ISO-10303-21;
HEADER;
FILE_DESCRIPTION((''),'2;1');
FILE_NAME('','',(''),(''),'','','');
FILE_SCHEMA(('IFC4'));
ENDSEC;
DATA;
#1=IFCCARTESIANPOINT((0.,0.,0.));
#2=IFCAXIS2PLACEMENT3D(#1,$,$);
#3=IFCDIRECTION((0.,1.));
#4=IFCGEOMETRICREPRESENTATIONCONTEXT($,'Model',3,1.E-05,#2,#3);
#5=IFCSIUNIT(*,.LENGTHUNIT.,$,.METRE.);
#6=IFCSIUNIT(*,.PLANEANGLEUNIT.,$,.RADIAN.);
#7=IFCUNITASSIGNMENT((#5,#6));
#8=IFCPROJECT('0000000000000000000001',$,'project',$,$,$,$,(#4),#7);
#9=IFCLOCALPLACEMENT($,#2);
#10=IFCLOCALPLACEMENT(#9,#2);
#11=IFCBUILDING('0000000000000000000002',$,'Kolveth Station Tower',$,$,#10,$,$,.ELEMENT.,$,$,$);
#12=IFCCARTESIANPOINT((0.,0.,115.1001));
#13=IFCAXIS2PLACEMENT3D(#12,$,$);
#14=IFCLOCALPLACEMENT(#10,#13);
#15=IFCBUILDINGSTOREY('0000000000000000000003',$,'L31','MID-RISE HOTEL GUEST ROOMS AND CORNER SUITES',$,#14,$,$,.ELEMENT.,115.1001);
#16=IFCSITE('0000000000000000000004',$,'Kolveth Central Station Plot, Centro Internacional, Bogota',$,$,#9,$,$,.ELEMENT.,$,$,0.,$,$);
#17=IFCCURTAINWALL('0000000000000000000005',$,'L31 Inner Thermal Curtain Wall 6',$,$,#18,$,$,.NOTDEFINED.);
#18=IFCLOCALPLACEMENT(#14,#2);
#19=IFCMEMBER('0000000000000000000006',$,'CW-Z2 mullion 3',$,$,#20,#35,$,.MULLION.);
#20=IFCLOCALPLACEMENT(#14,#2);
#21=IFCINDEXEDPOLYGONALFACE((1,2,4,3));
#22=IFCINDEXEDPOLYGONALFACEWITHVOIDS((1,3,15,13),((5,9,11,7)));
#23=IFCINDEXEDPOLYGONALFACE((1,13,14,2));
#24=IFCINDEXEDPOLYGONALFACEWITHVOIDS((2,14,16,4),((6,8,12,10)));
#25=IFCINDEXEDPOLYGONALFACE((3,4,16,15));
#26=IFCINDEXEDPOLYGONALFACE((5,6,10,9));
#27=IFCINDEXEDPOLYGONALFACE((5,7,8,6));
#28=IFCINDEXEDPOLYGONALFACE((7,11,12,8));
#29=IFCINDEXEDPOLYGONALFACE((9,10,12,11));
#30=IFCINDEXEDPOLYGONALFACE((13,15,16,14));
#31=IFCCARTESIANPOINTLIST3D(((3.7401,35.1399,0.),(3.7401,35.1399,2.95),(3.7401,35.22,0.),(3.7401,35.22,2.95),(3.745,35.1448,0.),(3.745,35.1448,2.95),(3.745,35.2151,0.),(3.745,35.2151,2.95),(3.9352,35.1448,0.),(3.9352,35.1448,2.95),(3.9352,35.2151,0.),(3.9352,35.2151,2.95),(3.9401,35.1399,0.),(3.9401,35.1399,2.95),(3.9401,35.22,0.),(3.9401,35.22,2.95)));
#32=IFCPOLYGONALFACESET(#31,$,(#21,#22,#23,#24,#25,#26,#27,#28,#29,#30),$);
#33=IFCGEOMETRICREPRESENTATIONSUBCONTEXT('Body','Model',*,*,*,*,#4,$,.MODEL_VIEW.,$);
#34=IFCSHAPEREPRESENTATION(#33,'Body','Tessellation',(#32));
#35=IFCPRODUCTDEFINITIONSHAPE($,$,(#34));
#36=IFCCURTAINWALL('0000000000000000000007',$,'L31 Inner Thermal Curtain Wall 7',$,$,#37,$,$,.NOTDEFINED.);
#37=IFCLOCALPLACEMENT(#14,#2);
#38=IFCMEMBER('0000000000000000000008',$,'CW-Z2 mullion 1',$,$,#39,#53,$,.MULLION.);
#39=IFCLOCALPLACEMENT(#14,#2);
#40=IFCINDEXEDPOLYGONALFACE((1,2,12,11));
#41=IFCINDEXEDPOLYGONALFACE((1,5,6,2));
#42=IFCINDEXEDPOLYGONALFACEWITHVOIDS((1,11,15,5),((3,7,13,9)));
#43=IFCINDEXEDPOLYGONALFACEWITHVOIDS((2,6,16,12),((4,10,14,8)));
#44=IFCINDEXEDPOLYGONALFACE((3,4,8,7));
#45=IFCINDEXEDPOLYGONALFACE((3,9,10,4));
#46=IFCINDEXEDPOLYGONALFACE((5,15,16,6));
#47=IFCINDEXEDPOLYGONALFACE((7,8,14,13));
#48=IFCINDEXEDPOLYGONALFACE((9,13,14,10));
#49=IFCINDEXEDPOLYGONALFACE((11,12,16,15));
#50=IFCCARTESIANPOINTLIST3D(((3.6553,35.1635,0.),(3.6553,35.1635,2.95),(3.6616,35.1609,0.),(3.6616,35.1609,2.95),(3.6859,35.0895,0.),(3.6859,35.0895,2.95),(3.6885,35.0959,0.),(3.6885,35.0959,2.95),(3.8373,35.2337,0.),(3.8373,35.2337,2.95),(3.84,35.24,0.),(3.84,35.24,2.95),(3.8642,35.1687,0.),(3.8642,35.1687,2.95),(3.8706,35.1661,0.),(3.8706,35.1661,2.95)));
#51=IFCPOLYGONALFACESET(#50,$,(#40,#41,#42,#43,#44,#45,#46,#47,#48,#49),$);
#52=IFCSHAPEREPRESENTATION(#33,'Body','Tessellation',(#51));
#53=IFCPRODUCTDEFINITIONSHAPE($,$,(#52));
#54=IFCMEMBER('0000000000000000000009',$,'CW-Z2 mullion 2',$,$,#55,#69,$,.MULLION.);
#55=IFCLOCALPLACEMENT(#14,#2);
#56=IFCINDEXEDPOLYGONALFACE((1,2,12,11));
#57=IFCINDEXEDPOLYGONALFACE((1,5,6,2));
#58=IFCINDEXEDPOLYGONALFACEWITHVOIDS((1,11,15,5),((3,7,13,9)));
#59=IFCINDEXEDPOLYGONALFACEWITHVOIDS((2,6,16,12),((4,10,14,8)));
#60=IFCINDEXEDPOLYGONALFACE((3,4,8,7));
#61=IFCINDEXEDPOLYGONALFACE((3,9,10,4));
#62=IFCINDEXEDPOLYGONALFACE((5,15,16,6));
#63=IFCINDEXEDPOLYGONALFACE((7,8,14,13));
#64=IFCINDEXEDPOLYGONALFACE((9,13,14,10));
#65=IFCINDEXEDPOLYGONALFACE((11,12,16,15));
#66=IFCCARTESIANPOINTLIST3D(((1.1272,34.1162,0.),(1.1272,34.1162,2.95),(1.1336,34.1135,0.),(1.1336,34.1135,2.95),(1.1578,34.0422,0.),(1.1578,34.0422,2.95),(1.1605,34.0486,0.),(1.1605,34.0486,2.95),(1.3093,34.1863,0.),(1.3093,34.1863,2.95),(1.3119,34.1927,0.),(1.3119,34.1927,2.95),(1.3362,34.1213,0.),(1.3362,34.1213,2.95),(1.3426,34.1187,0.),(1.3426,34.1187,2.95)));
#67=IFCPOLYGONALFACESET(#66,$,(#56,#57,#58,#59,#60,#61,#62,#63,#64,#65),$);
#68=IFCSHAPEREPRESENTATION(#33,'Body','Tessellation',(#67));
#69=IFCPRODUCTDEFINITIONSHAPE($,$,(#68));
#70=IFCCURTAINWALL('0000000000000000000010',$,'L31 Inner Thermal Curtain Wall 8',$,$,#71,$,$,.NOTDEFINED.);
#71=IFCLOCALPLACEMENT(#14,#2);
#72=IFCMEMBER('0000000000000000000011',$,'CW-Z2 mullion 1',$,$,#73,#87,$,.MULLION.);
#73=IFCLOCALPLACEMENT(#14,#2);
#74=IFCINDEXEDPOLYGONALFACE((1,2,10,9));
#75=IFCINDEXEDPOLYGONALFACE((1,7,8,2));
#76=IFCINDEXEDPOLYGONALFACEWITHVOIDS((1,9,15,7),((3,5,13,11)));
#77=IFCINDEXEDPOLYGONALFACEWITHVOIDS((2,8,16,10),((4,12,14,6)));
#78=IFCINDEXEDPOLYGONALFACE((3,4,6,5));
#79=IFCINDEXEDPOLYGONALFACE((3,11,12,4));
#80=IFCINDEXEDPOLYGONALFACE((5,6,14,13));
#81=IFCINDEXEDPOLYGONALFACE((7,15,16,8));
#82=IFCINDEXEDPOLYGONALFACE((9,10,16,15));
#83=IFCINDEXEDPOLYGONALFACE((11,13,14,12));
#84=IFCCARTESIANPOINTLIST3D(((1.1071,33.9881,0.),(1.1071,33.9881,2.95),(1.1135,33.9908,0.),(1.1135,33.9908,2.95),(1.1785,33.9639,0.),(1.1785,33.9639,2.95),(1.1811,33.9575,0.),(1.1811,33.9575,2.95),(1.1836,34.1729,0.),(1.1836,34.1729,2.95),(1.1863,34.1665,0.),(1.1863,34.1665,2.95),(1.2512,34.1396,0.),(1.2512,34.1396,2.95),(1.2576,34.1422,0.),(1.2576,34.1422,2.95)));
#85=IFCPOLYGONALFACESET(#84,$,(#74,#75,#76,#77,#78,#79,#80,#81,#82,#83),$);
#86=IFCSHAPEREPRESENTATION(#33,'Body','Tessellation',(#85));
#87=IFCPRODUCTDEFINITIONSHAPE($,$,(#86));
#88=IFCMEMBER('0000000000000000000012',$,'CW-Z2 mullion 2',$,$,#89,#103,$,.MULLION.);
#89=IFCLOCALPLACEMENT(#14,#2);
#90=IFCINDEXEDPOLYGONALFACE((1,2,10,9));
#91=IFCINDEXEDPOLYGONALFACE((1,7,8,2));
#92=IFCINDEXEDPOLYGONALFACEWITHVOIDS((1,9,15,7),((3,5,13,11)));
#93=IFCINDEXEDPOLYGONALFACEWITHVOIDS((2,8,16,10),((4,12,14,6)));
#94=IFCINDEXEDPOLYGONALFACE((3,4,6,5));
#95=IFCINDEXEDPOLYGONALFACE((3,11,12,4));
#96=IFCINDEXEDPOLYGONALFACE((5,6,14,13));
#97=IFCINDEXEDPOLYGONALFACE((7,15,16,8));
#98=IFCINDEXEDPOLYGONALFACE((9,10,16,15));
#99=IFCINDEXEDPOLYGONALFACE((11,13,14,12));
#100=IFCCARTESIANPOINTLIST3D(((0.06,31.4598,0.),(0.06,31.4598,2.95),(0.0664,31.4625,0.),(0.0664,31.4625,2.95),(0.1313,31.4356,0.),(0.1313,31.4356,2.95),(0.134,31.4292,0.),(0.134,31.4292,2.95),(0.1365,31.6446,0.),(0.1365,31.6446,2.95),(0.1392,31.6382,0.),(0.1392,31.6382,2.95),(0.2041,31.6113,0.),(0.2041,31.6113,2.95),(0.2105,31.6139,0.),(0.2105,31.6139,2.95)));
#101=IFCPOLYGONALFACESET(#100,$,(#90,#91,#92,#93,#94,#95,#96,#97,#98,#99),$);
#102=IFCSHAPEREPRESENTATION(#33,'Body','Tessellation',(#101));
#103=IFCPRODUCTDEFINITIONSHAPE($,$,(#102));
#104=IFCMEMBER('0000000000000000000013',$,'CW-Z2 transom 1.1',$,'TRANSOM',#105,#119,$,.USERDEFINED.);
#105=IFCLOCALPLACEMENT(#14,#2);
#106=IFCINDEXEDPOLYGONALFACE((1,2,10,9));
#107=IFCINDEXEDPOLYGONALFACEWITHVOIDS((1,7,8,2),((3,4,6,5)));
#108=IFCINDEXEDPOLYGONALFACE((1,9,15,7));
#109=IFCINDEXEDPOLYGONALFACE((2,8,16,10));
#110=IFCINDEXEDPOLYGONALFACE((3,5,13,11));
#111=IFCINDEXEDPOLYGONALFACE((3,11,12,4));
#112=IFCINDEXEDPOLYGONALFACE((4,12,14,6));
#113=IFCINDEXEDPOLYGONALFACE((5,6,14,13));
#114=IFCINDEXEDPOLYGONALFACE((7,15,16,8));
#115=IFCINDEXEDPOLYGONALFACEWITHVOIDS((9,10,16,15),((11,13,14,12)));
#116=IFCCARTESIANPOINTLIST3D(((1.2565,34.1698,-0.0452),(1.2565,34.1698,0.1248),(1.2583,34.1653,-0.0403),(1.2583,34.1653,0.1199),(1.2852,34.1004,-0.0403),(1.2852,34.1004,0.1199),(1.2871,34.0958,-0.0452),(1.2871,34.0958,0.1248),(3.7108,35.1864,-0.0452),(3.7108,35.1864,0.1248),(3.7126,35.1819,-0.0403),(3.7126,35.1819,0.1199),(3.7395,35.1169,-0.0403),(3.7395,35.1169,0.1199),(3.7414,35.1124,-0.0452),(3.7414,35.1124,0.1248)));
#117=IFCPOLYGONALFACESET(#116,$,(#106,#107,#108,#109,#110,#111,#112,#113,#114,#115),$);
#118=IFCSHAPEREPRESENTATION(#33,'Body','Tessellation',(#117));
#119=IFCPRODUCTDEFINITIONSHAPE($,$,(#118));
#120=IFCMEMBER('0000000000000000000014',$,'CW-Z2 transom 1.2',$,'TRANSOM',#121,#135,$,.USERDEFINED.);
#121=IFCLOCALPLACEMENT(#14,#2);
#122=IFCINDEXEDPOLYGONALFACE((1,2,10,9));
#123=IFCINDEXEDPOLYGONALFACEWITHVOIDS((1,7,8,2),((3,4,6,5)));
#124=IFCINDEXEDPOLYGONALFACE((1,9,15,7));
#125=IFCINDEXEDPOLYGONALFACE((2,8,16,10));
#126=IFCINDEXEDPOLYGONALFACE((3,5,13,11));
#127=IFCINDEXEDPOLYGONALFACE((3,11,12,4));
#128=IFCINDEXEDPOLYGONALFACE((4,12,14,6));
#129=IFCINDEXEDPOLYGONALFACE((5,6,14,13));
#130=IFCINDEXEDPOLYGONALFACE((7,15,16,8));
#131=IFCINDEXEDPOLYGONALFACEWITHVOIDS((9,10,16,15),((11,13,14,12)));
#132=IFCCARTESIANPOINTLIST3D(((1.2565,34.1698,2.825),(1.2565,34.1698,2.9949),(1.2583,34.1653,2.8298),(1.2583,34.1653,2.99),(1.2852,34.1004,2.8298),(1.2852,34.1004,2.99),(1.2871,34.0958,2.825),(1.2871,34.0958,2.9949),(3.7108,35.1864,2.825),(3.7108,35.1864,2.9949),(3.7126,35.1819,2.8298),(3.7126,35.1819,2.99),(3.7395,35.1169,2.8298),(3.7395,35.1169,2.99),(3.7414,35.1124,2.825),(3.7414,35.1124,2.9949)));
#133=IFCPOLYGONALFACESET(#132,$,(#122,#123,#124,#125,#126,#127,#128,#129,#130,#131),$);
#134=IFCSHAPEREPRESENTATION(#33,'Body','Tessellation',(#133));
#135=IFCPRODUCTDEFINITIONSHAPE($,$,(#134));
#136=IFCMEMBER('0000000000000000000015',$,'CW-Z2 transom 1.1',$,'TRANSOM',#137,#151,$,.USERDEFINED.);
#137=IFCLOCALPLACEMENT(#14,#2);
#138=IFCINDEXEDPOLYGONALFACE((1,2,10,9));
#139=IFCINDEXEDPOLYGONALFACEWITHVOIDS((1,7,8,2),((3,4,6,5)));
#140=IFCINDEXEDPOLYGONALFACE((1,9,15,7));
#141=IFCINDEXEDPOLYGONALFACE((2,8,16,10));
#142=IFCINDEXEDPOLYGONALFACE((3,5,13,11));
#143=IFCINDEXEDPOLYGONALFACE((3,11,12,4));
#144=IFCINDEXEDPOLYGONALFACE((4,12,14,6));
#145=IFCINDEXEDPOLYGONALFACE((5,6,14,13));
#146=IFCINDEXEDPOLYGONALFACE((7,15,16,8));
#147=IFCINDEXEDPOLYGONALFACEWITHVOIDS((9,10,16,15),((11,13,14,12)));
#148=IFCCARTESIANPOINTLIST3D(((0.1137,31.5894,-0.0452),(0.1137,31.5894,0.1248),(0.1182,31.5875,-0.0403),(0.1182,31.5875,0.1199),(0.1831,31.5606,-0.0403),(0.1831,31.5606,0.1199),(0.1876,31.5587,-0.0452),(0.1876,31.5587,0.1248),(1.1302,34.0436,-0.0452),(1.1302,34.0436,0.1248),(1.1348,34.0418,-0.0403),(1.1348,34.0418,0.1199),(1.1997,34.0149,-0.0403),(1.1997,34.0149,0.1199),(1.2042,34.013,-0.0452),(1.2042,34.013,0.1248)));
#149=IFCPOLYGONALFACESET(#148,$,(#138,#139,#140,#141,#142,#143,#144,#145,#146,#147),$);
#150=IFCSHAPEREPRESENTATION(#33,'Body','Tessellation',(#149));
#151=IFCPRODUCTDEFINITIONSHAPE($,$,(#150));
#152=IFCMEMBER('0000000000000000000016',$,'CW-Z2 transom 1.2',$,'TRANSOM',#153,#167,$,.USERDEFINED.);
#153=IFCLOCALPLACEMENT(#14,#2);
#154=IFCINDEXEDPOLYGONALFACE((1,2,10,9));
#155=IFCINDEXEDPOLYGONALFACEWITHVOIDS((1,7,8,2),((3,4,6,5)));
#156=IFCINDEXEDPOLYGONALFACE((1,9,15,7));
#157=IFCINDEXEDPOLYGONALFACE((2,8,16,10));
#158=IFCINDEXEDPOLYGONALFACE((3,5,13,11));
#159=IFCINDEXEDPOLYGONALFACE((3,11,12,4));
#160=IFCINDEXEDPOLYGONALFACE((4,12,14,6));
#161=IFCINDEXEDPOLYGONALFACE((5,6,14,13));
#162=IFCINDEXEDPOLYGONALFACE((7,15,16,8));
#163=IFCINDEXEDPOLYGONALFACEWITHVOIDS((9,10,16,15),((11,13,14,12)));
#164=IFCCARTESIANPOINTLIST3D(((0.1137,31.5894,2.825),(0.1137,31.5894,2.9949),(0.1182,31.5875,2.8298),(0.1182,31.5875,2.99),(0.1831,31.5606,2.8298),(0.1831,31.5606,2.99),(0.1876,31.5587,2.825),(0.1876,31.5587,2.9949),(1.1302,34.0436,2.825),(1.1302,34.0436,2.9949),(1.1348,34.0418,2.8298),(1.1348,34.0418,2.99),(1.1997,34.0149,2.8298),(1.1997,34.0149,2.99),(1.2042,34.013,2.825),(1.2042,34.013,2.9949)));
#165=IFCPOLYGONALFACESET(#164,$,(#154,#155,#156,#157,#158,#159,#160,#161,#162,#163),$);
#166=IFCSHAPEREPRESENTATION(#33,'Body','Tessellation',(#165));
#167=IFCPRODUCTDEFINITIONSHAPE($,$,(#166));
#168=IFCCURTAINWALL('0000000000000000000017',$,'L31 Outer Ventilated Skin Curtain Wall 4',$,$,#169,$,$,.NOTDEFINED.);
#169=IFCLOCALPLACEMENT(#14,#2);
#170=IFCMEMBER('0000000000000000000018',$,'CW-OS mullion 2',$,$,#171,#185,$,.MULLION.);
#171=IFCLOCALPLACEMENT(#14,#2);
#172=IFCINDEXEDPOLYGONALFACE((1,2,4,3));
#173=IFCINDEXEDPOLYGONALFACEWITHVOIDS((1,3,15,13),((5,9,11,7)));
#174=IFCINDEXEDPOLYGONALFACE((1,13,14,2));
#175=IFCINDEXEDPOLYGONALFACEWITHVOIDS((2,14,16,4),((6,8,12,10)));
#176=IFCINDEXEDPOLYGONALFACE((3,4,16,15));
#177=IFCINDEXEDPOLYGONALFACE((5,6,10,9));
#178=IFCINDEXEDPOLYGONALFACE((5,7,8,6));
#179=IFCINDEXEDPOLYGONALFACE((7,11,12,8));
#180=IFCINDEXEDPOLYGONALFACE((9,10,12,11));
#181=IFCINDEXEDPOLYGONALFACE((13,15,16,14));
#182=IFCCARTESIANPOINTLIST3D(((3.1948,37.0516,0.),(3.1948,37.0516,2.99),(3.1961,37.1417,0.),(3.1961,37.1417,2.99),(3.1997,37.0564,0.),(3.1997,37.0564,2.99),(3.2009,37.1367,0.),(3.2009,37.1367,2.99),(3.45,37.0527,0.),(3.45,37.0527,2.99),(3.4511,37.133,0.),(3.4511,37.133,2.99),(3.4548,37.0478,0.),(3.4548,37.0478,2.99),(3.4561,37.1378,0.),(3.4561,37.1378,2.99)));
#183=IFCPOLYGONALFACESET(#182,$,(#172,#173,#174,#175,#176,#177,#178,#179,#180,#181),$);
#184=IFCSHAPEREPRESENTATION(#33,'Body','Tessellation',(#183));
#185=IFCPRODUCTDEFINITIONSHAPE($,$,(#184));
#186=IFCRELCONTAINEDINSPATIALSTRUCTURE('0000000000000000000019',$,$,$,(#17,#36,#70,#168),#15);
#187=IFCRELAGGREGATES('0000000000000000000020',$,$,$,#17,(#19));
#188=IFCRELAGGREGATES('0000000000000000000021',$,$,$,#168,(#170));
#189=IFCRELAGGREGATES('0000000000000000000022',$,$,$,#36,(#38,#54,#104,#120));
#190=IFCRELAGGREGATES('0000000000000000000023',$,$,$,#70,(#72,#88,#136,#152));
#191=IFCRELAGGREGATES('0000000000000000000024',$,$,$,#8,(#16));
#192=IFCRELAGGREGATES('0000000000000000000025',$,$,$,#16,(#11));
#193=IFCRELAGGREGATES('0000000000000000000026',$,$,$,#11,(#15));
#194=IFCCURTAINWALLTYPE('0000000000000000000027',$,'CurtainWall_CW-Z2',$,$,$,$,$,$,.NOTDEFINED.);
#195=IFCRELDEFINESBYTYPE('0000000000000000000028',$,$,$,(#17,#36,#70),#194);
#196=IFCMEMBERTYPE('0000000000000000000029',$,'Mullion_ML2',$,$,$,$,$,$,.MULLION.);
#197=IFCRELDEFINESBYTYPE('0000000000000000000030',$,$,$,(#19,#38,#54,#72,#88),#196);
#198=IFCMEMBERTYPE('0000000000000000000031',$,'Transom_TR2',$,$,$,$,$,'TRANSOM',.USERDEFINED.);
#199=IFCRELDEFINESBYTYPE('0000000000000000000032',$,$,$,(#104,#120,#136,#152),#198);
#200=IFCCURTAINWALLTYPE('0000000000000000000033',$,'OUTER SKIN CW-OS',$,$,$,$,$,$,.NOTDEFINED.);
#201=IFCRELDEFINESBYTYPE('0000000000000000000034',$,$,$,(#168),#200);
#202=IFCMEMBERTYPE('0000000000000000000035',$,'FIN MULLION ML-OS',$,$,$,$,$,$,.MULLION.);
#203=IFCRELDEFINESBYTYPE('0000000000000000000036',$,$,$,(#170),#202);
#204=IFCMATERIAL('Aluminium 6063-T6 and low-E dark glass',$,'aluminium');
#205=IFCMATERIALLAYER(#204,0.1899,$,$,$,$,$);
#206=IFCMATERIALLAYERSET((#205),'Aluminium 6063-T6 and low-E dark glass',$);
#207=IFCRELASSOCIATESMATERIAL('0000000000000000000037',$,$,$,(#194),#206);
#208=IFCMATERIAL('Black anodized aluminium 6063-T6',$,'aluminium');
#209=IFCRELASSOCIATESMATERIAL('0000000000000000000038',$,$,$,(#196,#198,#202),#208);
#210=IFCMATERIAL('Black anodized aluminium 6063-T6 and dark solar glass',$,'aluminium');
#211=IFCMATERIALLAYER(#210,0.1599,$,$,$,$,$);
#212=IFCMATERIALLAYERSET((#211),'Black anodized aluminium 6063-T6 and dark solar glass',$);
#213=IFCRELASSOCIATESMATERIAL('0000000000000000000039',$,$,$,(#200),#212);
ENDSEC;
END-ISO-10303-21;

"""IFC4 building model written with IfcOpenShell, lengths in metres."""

from ifc_helpers import new_model, si_unit, direction, frame, origin, origin_2d, place, context, subcontext, project, spatial, hollow_rectangle, extrude, source, transform, mapped, material, layer, layer_set, material_profile, profile_set, type_object, element, aggregate, save


model = new_model("IFC4")

# Units and contexts
model_context = context("Model", 3, precision=1e-05, world=origin(), true_north=direction((0.0, 1.0)))
body_context = subcontext(model_context, "Body", "Model", "MODEL_VIEW")
ifc_project = project(units=[si_unit("LENGTHUNIT", "METRE"), si_unit("PLANEANGLEUNIT", "RADIAN")], contexts=[model_context])

# Site, building, storey
site_placement = place(None, origin())
site = spatial("IfcSite", under=ifc_project, at=site_placement, Name="Kolveth Central Station Plot, Centro Internacional, Bogota", CompositionType="ELEMENT", RefElevation=0.0)
building_placement = place(site_placement, origin())
building = spatial("IfcBuilding", under=site, at=building_placement, Name="Kolveth Station Tower", CompositionType="ELEMENT")
storey_placement = place(building_placement, frame((0.0, 0.0, 115.1001)))
storey = spatial("IfcBuildingStorey", under=building, at=storey_placement, Name="L31", Description="MID-RISE HOTEL GUEST ROOMS AND CORNER SUITES", CompositionType="ELEMENT", Elevation=115.1001)

# Curtain wall, member
ifc_material_1 = material(Name="Aluminium 6063-T6 and low-E dark glass", Category="aluminium")
ifc_layer_1 = layer(ifc_material_1, 0.1899)
ifc_layer_set_1 = layer_set([ifc_layer_1], Name="Aluminium 6063-T6 and low-E dark glass")
curtain_wall_type_1 = type_object("IfcCurtainWallType", Name="CurtainWall_CW-Z2", PredefinedType="NOTDEFINED", material=ifc_layer_set_1)
curtain_wall_1_placement = place(storey_placement, origin())
curtain_wall_1 = element("IfcCurtainWall", 1, at=curtain_wall_1_placement, inside=storey, type_object=curtain_wall_type_1, Name="L31 Inner Thermal Curtain Wall 6", PredefinedType="NOTDEFINED")
ifc_material_2 = material(Name="Black anodized aluminium 6063-T6", Category="aluminium")
ifc_material_profile_1 = material_profile(ifc_material_2, hollow_rectangle(XDim=0.0801, YDim=0.2, WallThickness=0.0049, at=origin_2d()), Name="ALU-80x200x5")
ifc_profile_set_1 = profile_set([ifc_material_profile_1], Name="Black anodized aluminium 6063-T6")
member_type_1 = type_object("IfcMemberType", Name="Mullion_ML2", PredefinedType="MULLION", material=ifc_profile_set_1)
shared_shape_1 = source(origin(), body_context, "Body", "SweptSolid", [
    extrude(hollow_rectangle(XDim=0.0801, YDim=0.2, WallThickness=0.0049, at=origin_2d()), origin(), (0.0, 0.0, 1.0), 2.95),
])
member_1_placement = place(storey_placement, frame((3.8401, 35.1799, 0.0), z_axis=(0.0, 0.0, 1.0), x_axis=(0.0, -1.0, 0.0)))
member_1 = element("IfcMember", 2, at=member_1_placement, type_object=member_type_1, Name="CW-Z2 mullion 3", PredefinedType="MULLION", context=body_context, shape_type="MappedRepresentation", body=[
    mapped(shared_shape_1, transform((0.0, 0.0, 0.0), x_axis=(1.0, 0.0, 0.0), y_axis=(0.0, 1.0, 0.0), z_axis=(0.0, 0.0, 1.0), scale=1.0)),
])
aggregate(curtain_wall_1, [member_1])

# Curtain walls, members
curtain_wall_2_placement = place(storey_placement, origin())
curtain_wall_2 = element("IfcCurtainWall", 3, at=curtain_wall_2_placement, inside=storey, type_object=curtain_wall_type_1, Name="L31 Inner Thermal Curtain Wall 7", PredefinedType="NOTDEFINED")
member_2_placement = place(storey_placement, frame((3.7629, 35.1648, 0.0), z_axis=(0.0, 0.0, 1.0), x_axis=(0.382663, -0.923888, 0.0)))
member_2 = element("IfcMember", 4, at=member_2_placement, type_object=member_type_1, Name="CW-Z2 mullion 1", PredefinedType="MULLION", context=body_context, shape_type="MappedRepresentation", body=[
    mapped(shared_shape_1, transform((0.0, 0.0, 0.0), x_axis=(1.0, 0.0, 0.0), y_axis=(0.0, 1.0, 0.0), z_axis=(0.0, 0.0, 1.0), scale=1.0)),
])
member_3_placement = place(storey_placement, frame((1.2349, 34.1174, 0.0), z_axis=(0.0, 0.0, 1.0), x_axis=(0.382663, -0.923888, 0.0)))
member_3 = element("IfcMember", 5, at=member_3_placement, type_object=member_type_1, Name="CW-Z2 mullion 2", PredefinedType="MULLION", context=body_context, shape_type="MappedRepresentation", body=[
    mapped(shared_shape_1, transform((0.0, 0.0, 0.0), x_axis=(1.0, 0.0, 0.0), y_axis=(0.0, 1.0, 0.0), z_axis=(0.0, 0.0, 1.0), scale=1.0)),
])
curtain_wall_3_placement = place(storey_placement, origin())
curtain_wall_3 = element("IfcCurtainWall", 6, at=curtain_wall_3_placement, inside=storey, type_object=curtain_wall_type_1, Name="L31 Inner Thermal Curtain Wall 8", PredefinedType="NOTDEFINED")
member_4_placement = place(storey_placement, frame((1.1824, 34.0652, 0.0), z_axis=(0.0, 0.0, 1.0), x_axis=(0.923888, -0.382663, 0.0)))
member_4 = element("IfcMember", 7, at=member_4_placement, type_object=member_type_1, Name="CW-Z2 mullion 1", PredefinedType="MULLION", context=body_context, shape_type="MappedRepresentation", body=[
    mapped(shared_shape_1, transform((0.0, 0.0, 0.0), x_axis=(1.0, 0.0, 0.0), y_axis=(0.0, 1.0, 0.0), z_axis=(0.0, 0.0, 1.0), scale=1.0)),
])
member_5_placement = place(storey_placement, frame((0.1353, 31.5369, 0.0), z_axis=(0.0, 0.0, 1.0), x_axis=(0.923888, -0.382663, 0.0)))
member_5 = element("IfcMember", 8, at=member_5_placement, type_object=member_type_1, Name="CW-Z2 mullion 2", PredefinedType="MULLION", context=body_context, shape_type="MappedRepresentation", body=[
    mapped(shared_shape_1, transform((0.0, 0.0, 0.0), x_axis=(1.0, 0.0, 0.0), y_axis=(0.0, 1.0, 0.0), z_axis=(0.0, 0.0, 1.0), scale=1.0)),
])

# Members
ifc_material_profile_2 = material_profile(ifc_material_2, hollow_rectangle(XDim=0.0801, YDim=0.1699, WallThickness=0.0049, at=origin_2d()), Name="ALU-80x170x5")
ifc_profile_set_2 = profile_set([ifc_material_profile_2], Name="Black anodized aluminium 6063-T6")
member_type_2 = type_object("IfcMemberType", Name="Transom_TR2", ElementType="TRANSOM", PredefinedType="USERDEFINED", material=ifc_profile_set_2)
shared_shape_2 = source(origin(), body_context, "Body", "SweptSolid", [
    extrude(hollow_rectangle(XDim=0.0801, YDim=0.1699, WallThickness=0.0049, at=origin_2d()), origin(), (0.0, 0.0, 1.0), 2.6565),
])
member_6_placement = place(storey_placement, frame((3.7261, 35.1494, 0.0398), z_axis=(-0.923882, -0.382676, 0.0), x_axis=(0.382676, -0.923882, 0.0)))
member_6 = element("IfcMember", 9, at=member_6_placement, type_object=member_type_2, Name="CW-Z2 transom 1.1", ObjectType="TRANSOM", PredefinedType="USERDEFINED", context=body_context, shape_type="MappedRepresentation", body=[
    mapped(shared_shape_2, transform((0.0, 0.0, 0.0), x_axis=(1.0, 0.0, 0.0), y_axis=(0.0, 1.0, 0.0), z_axis=(0.0, 0.0, 1.0), scale=1.0)),
])
member_7_placement = place(storey_placement, frame((3.7261, 35.1494, 2.9099), z_axis=(-0.923882, -0.382676, 0.0), x_axis=(0.382676, -0.923882, 0.0)))
member_7 = element("IfcMember", 10, at=member_7_placement, type_object=member_type_2, Name="CW-Z2 transom 1.2", ObjectType="TRANSOM", PredefinedType="USERDEFINED", context=body_context, shape_type="MappedRepresentation", body=[
    mapped(shared_shape_2, transform((0.0, 0.0, 0.0), x_axis=(1.0, 0.0, 0.0), y_axis=(0.0, 1.0, 0.0), z_axis=(0.0, 0.0, 1.0), scale=1.0)),
])
member_8_placement = place(storey_placement, frame((1.1672, 34.0283, 0.0398), z_axis=(-0.382676, -0.923882, 0.0), x_axis=(0.923882, -0.382676, 0.0)))
member_8 = element("IfcMember", 11, at=member_8_placement, type_object=member_type_2, Name="CW-Z2 transom 1.1", ObjectType="TRANSOM", PredefinedType="USERDEFINED", context=body_context, shape_type="MappedRepresentation", body=[
    mapped(shared_shape_2, transform((0.0, 0.0, 0.0), x_axis=(1.0, 0.0, 0.0), y_axis=(0.0, 1.0, 0.0), z_axis=(0.0, 0.0, 1.0), scale=1.0)),
])
member_9_placement = place(storey_placement, frame((1.1672, 34.0283, 2.9099), z_axis=(-0.382676, -0.923882, 0.0), x_axis=(0.923882, -0.382676, 0.0)))
member_9 = element("IfcMember", 12, at=member_9_placement, type_object=member_type_2, Name="CW-Z2 transom 1.2", ObjectType="TRANSOM", PredefinedType="USERDEFINED", context=body_context, shape_type="MappedRepresentation", body=[
    mapped(shared_shape_2, transform((0.0, 0.0, 0.0), x_axis=(1.0, 0.0, 0.0), y_axis=(0.0, 1.0, 0.0), z_axis=(0.0, 0.0, 1.0), scale=1.0)),
])

# Curtain wall, member
ifc_material_3 = material(Name="Black anodized aluminium 6063-T6 and dark solar glass", Category="aluminium")
ifc_layer_2 = layer(ifc_material_3, 0.1599)
ifc_layer_set_2 = layer_set([ifc_layer_2], Name="Black anodized aluminium 6063-T6 and dark solar glass")
curtain_wall_type_2 = type_object("IfcCurtainWallType", Name="OUTER SKIN CW-OS", PredefinedType="NOTDEFINED", material=ifc_layer_set_2)
curtain_wall_4_placement = place(storey_placement, origin())
curtain_wall_4 = element("IfcCurtainWall", 13, at=curtain_wall_4_placement, inside=storey, type_object=curtain_wall_type_2, Name="L31 Outer Ventilated Skin Curtain Wall 4", PredefinedType="NOTDEFINED")
ifc_material_profile_3 = material_profile(ifc_material_2, hollow_rectangle(XDim=0.0901, YDim=0.26, WallThickness=0.0049, at=origin_2d()), Name="ALU-90x260x5")
ifc_profile_set_3 = profile_set([ifc_material_profile_3], Name="Black anodized aluminium 6063-T6")
member_type_3 = type_object("IfcMemberType", Name="FIN MULLION ML-OS", PredefinedType="MULLION", material=ifc_profile_set_3)
shared_shape_3 = source(origin(), body_context, "Body", "SweptSolid", [
    extrude(hollow_rectangle(XDim=0.0901, YDim=0.26, WallThickness=0.0049, at=origin_2d()), origin(), (0.0, 0.0, 1.0), 2.99),
])
member_10_placement = place(storey_placement, frame((3.3254, 37.0947, 0.0), z_axis=(0.0, 0.0, 1.0), x_axis=(-0.01479, -0.999891, 0.0)))
member_10 = element("IfcMember", 14, at=member_10_placement, type_object=member_type_3, Name="CW-OS mullion 2", PredefinedType="MULLION", context=body_context, shape_type="MappedRepresentation", body=[
    mapped(shared_shape_3, transform((0.0, 0.0, 0.0), x_axis=(1.0, 0.0, 0.0), y_axis=(0.0, 1.0, 0.0), z_axis=(0.0, 0.0, 1.0), scale=1.0)),
])
aggregate(curtain_wall_4, [member_10])

aggregate(curtain_wall_2, [member_2, member_3, member_6, member_7])
aggregate(curtain_wall_3, [member_4, member_5, member_8, member_9])

save(model, "model.ifc")
